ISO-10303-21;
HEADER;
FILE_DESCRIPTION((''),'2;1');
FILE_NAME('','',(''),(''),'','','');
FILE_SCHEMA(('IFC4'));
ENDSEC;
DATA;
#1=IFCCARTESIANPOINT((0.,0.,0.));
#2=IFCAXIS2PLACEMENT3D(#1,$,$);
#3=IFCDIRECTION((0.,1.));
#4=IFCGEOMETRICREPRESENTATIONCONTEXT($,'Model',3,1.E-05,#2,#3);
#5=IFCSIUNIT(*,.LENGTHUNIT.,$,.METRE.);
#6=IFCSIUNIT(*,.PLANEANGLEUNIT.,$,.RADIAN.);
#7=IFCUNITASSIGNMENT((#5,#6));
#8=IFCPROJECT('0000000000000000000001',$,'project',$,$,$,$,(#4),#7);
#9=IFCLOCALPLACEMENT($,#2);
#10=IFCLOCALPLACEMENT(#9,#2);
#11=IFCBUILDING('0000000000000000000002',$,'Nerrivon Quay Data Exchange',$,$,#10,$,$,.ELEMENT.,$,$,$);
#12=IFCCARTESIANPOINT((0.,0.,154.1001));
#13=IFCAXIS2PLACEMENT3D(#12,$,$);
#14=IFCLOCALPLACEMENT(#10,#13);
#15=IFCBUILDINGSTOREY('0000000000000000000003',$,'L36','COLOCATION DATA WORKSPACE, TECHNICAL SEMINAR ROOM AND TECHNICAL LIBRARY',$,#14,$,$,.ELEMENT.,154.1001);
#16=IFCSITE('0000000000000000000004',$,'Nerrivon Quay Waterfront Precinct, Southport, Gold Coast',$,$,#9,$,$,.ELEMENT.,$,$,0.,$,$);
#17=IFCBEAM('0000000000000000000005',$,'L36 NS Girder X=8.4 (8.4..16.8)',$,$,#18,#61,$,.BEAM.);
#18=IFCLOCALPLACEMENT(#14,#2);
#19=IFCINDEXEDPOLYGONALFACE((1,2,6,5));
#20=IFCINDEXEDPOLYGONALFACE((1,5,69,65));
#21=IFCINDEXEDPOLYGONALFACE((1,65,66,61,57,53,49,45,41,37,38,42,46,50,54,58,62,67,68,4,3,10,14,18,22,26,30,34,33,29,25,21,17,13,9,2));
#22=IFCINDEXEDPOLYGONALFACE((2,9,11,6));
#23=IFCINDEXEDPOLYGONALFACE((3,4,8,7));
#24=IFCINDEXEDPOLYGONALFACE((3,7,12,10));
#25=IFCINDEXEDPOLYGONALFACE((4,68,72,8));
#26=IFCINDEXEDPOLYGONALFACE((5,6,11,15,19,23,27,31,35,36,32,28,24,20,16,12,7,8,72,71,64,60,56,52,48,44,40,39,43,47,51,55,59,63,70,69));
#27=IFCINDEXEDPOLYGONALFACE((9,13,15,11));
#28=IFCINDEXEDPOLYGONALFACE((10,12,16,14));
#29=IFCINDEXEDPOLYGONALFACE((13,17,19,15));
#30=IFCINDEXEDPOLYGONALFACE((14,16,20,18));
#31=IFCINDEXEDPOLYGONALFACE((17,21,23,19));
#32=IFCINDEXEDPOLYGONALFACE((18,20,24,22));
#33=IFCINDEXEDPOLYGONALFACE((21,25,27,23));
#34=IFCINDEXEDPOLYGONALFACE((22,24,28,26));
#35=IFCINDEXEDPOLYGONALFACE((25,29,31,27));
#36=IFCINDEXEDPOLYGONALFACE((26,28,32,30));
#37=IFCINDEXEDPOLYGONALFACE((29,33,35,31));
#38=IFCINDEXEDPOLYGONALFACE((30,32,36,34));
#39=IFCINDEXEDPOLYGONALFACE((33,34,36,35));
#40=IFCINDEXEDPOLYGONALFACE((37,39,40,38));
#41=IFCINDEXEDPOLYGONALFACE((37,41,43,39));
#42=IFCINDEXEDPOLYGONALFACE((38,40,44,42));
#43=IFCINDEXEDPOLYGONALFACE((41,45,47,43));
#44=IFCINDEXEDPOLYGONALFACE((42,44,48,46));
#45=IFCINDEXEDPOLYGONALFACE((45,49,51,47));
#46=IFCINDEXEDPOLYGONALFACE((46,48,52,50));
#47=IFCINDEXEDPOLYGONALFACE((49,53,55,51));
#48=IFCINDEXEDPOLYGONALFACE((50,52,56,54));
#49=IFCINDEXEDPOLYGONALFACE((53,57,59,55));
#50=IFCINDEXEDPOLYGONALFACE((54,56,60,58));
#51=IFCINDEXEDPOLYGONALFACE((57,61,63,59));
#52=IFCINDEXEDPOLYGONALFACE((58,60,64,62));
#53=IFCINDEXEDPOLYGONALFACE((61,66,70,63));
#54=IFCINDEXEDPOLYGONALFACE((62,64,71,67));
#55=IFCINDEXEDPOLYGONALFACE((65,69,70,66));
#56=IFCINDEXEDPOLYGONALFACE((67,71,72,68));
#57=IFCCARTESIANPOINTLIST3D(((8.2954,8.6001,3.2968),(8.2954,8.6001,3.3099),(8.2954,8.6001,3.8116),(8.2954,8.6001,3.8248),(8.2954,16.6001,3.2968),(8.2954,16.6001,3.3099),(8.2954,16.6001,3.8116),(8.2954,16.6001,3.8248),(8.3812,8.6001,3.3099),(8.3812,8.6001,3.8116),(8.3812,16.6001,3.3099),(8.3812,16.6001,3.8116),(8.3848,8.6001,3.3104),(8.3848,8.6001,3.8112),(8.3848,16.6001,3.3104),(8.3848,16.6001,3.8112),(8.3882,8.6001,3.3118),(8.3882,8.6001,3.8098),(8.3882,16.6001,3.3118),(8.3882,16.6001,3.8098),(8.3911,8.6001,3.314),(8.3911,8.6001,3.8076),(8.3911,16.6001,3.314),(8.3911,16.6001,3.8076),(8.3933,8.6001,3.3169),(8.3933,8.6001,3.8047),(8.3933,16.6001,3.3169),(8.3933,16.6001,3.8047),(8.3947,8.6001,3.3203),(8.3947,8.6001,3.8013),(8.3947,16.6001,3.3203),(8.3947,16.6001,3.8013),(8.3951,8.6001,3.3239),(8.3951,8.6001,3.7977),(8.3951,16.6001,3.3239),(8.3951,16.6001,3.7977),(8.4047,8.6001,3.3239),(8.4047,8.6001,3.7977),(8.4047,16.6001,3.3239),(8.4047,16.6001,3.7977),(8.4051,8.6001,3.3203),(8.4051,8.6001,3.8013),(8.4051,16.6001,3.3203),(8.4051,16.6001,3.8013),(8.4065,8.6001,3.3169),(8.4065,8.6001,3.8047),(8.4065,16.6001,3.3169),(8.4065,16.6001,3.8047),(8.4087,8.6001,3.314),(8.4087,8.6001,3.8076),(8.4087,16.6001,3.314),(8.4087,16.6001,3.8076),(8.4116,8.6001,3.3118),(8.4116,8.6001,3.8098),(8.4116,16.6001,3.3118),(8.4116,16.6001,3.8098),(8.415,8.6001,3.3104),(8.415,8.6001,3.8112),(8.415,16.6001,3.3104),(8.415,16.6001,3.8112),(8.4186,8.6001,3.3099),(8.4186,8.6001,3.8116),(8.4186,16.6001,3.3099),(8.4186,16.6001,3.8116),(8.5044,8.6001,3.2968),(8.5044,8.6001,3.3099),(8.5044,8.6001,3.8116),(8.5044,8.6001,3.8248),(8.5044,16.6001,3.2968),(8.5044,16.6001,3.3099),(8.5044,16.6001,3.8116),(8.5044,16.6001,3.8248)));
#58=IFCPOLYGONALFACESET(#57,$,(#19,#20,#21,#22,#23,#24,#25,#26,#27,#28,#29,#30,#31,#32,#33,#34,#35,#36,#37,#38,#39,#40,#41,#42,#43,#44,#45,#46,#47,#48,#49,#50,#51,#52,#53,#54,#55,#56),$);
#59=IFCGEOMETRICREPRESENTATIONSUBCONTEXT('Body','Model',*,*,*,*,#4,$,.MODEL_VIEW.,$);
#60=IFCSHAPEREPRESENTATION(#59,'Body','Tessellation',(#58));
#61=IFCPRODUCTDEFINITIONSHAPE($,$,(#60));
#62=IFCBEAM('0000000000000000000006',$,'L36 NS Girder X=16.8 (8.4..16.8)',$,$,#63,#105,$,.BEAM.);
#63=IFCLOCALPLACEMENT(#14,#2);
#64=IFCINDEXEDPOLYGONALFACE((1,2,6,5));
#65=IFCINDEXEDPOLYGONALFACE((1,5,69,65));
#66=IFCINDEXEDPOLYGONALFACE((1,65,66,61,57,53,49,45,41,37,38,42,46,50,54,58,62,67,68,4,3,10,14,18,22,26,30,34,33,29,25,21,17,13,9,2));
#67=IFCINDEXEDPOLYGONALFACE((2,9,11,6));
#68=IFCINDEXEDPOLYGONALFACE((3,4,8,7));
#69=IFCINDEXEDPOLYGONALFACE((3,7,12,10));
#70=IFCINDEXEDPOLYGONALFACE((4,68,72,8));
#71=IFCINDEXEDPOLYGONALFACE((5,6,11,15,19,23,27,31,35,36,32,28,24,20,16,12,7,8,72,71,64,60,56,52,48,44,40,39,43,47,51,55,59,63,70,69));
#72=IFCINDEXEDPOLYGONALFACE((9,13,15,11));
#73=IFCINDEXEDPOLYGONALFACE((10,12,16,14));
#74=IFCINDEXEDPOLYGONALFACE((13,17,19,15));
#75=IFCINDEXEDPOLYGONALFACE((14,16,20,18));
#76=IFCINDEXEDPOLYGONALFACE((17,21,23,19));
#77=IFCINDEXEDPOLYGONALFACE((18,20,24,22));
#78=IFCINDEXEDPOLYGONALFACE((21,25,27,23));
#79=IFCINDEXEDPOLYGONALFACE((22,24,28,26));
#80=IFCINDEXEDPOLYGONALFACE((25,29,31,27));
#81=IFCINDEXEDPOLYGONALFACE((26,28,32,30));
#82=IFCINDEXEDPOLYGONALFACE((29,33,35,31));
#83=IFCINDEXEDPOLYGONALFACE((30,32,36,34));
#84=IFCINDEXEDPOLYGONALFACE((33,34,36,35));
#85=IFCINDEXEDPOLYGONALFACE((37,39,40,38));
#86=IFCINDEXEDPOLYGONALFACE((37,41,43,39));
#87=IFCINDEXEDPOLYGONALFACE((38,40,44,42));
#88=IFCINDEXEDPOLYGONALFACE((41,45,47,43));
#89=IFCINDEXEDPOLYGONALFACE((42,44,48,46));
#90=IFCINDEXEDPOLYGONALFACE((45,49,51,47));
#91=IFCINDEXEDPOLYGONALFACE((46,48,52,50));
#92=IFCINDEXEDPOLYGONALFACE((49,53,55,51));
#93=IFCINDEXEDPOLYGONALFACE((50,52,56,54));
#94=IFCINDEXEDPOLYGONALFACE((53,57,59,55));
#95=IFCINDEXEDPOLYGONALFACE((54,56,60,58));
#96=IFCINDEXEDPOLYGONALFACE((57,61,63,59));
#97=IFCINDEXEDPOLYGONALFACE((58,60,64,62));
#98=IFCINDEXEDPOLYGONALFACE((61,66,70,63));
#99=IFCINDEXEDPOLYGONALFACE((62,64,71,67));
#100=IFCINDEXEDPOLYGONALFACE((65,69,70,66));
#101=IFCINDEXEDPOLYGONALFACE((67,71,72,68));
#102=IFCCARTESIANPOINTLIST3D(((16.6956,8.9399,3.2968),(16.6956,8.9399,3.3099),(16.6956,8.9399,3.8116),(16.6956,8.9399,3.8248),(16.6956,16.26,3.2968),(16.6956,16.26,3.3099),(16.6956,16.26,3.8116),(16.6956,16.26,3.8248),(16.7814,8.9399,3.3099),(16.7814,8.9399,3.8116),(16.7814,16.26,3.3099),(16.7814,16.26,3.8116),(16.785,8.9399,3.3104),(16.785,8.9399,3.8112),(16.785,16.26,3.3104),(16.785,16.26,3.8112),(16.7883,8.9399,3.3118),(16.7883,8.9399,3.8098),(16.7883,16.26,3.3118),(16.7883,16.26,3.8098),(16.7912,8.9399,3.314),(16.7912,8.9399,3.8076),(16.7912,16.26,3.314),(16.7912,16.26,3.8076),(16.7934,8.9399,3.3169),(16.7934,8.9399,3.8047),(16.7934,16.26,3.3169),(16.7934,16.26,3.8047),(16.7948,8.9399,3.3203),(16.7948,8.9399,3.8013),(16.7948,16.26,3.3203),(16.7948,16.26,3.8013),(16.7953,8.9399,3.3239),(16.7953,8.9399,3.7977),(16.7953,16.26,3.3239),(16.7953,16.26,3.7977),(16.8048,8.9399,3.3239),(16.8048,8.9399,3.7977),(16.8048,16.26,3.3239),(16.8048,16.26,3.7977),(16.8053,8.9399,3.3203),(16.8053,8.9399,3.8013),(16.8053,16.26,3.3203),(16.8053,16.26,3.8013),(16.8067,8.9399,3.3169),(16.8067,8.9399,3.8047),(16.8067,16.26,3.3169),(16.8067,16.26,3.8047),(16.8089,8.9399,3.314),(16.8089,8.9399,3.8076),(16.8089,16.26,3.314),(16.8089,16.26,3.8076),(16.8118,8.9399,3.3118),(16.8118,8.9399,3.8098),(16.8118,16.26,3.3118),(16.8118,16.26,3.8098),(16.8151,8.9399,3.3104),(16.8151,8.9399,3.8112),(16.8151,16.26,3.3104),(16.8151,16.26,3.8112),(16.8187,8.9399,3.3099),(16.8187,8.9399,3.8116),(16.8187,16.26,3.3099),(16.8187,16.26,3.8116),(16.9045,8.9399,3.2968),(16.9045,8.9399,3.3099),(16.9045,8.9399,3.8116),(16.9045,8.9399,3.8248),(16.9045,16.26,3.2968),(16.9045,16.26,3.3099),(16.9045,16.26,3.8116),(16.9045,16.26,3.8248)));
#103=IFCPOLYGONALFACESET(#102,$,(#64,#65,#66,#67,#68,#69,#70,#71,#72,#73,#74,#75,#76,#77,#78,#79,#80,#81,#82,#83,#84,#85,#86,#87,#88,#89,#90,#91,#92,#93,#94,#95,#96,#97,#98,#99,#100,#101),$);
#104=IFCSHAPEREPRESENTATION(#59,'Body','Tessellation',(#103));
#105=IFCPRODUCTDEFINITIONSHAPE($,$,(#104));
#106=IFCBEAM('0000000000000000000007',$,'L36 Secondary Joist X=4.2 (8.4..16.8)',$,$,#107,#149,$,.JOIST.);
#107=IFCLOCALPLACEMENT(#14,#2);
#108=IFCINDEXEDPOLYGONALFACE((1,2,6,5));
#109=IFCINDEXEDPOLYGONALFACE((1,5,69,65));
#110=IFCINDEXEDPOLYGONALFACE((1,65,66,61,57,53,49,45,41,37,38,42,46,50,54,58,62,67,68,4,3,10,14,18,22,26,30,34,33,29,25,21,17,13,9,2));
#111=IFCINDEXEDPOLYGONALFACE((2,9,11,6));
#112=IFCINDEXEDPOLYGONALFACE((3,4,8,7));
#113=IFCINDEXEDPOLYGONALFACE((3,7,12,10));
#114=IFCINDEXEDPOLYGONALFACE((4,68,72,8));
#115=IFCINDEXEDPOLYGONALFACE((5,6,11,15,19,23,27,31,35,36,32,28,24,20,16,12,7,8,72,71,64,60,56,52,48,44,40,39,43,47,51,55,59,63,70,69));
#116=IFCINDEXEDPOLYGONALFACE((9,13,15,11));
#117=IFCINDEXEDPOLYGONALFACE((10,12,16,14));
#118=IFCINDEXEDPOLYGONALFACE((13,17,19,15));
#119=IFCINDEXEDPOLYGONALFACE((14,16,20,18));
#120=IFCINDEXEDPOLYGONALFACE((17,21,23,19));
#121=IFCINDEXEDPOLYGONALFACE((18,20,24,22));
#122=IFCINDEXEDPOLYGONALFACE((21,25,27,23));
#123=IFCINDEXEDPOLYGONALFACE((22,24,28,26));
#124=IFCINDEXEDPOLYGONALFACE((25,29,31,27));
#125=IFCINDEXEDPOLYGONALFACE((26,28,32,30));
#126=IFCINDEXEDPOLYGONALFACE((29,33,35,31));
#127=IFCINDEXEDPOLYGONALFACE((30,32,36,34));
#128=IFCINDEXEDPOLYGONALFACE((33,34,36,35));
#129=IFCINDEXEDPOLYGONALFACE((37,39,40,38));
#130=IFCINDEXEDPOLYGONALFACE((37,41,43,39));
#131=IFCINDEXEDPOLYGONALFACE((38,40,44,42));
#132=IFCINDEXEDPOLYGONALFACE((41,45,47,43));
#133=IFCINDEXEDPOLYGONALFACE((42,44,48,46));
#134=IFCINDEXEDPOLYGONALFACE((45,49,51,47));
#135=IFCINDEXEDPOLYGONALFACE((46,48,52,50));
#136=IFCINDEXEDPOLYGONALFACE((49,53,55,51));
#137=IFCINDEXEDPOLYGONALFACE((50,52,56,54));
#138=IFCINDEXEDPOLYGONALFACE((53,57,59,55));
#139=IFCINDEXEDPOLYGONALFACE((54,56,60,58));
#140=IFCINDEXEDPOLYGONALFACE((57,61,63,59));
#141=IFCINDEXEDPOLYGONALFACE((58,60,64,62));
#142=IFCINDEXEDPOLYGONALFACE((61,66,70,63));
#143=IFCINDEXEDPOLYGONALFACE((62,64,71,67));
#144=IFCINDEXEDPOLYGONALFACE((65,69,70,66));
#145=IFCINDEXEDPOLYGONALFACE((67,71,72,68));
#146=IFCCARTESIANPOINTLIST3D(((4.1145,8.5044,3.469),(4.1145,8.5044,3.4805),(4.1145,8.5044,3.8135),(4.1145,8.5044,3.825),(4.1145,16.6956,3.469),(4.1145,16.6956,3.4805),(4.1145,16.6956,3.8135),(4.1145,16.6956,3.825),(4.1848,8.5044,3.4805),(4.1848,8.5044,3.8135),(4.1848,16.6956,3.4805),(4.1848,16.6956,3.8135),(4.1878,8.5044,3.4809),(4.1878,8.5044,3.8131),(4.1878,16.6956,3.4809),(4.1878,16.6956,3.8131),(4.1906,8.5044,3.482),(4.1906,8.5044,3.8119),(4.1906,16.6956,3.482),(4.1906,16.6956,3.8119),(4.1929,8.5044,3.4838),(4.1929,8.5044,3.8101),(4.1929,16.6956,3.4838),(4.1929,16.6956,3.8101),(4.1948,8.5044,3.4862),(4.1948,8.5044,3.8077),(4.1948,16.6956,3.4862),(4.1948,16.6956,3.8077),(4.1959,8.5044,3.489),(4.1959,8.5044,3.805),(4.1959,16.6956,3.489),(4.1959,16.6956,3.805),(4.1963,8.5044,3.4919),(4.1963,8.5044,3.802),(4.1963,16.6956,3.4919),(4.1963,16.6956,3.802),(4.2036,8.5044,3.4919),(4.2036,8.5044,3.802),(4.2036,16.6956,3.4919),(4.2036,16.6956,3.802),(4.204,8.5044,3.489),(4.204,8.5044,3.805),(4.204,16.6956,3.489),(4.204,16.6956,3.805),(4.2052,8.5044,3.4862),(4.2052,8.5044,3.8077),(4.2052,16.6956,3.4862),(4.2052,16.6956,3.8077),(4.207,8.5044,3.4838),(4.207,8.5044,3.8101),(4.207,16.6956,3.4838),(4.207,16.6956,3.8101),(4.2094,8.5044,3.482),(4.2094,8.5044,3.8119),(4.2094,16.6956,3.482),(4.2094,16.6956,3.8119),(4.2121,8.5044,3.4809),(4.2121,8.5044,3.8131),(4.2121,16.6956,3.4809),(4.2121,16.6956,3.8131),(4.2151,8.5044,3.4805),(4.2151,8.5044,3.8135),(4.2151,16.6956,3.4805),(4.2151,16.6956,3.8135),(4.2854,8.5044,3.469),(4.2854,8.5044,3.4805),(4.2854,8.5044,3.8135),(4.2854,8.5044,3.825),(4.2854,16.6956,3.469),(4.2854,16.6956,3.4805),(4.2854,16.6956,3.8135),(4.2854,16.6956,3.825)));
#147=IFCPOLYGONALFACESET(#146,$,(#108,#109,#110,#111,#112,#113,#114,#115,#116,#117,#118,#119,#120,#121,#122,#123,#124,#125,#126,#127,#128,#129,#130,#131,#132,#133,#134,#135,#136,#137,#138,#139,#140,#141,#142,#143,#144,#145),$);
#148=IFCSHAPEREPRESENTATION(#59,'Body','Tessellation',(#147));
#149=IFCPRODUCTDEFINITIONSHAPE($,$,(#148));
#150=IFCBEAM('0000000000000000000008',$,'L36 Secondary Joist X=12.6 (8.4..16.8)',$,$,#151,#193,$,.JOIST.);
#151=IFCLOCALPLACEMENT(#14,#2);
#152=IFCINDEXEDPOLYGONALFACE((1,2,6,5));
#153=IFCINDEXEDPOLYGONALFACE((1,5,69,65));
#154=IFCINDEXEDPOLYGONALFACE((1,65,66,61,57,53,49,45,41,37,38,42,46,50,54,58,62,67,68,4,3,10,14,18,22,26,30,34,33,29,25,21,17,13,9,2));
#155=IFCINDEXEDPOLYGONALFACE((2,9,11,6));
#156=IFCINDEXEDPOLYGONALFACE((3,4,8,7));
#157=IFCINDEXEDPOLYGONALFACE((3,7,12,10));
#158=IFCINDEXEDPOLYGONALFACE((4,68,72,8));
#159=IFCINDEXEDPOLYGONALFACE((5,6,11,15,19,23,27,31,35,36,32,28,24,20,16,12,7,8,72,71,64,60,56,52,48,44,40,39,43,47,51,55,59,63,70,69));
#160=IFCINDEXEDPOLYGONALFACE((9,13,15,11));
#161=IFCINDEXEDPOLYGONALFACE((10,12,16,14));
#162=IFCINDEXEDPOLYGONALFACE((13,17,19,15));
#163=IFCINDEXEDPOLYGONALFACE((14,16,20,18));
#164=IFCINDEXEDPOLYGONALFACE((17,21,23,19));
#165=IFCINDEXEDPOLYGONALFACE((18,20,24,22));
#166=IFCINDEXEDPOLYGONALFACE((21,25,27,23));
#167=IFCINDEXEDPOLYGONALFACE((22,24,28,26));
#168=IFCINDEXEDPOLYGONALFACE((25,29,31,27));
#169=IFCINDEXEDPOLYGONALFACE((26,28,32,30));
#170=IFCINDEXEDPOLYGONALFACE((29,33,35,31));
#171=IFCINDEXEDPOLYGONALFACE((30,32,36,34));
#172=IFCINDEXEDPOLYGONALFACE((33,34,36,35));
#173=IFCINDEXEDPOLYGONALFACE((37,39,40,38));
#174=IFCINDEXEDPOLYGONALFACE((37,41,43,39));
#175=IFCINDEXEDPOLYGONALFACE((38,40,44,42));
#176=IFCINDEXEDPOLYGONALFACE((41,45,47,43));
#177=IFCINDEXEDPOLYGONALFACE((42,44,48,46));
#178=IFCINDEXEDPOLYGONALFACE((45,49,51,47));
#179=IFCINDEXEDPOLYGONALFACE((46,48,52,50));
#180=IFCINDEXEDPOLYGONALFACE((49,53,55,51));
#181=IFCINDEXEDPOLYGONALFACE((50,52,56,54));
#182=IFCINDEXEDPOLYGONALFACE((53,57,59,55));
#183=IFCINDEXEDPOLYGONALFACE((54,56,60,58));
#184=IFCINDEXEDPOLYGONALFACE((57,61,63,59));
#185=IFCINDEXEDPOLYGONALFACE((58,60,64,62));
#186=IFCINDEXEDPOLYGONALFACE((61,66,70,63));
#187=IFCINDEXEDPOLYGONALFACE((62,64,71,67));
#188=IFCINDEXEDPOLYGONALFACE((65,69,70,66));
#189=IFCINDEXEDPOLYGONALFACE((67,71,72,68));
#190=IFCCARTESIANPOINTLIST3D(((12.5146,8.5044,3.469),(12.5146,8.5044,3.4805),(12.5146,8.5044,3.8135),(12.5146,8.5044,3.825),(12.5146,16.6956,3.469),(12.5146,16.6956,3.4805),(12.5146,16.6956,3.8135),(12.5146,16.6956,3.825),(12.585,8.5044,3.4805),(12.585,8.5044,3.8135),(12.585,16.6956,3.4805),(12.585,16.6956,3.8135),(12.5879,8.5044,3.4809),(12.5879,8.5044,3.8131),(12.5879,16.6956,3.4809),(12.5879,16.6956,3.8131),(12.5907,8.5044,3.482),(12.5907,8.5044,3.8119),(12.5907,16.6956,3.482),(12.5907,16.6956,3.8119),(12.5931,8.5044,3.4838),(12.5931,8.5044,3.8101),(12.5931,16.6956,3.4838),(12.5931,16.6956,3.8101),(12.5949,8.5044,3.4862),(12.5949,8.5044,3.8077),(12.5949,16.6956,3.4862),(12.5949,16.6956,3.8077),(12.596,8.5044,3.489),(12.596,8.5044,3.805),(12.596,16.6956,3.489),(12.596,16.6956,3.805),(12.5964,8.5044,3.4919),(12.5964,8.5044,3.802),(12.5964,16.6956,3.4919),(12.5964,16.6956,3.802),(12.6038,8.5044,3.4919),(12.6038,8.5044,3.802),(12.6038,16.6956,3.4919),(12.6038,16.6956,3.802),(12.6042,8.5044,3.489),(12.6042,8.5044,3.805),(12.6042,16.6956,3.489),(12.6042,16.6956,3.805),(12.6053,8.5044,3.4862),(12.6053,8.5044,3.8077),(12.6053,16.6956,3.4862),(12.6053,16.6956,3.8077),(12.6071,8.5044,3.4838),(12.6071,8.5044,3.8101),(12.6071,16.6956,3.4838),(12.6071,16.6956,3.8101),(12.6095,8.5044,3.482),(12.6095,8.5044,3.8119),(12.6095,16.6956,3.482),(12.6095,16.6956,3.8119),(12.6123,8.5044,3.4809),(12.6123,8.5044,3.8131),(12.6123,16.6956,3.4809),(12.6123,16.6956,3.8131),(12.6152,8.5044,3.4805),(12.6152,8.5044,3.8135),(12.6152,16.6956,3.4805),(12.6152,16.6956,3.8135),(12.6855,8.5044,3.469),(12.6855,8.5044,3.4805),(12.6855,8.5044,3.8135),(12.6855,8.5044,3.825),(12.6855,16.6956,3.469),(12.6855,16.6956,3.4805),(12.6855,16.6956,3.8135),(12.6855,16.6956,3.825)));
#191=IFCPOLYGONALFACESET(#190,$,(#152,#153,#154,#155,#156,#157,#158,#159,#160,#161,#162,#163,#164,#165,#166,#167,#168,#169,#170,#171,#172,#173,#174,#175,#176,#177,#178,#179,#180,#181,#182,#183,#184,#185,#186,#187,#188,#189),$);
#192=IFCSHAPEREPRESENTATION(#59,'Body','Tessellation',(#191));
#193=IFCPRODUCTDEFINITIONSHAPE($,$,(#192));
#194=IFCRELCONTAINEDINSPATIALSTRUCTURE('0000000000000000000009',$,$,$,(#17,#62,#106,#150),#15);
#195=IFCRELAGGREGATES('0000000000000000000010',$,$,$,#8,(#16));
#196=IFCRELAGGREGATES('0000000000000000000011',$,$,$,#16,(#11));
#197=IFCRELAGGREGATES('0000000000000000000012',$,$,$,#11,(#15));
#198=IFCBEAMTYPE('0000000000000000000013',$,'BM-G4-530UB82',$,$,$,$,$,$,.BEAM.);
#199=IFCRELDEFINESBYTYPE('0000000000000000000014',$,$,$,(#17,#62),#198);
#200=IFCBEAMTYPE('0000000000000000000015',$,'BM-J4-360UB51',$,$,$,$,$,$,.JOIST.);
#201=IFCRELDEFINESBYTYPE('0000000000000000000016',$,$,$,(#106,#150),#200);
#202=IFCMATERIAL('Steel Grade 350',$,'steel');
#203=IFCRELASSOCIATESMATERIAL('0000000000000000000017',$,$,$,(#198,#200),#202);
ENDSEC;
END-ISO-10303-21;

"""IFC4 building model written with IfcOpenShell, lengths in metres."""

from ifc_helpers import new_model, si_unit, direction, frame, origin, origin_2d, place, context, subcontext, project, spatial, i_section, extrude, material, material_profile, profile_set, type_object, element, save


model = new_model("IFC4")

# Units and contexts
model_context = context("Model", 3, precision=1e-05, world=origin(), true_north=direction((0.0, 1.0)))
body_context = subcontext(model_context, "Body", "Model", "MODEL_VIEW")
ifc_project = project(units=[si_unit("LENGTHUNIT", "METRE"), si_unit("PLANEANGLEUNIT", "RADIAN")], contexts=[model_context])

# Site, building, storey
site_placement = place(None, origin())
site = spatial("IfcSite", under=ifc_project, at=site_placement, Name="Nerrivon Quay Waterfront Precinct, Southport, Gold Coast", CompositionType="ELEMENT", RefElevation=0.0)
building_placement = place(site_placement, origin())
building = spatial("IfcBuilding", under=site, at=building_placement, Name="Nerrivon Quay Data Exchange", CompositionType="ELEMENT")
storey_placement = place(building_placement, frame((0.0, 0.0, 154.1001)))
storey = spatial("IfcBuildingStorey", under=building, at=storey_placement, Name="L36", Description="COLOCATION DATA WORKSPACE, TECHNICAL SEMINAR ROOM AND TECHNICAL LIBRARY", CompositionType="ELEMENT", Elevation=154.1001)

# Shared definitions
ifc_material_1 = material(Name="Steel Grade 350", Category="steel")

# Beams
ifc_material_profile_1 = material_profile(ifc_material_1, i_section(OverallWidth=0.209, OverallDepth=0.5281, WebThickness=0.0095, FlangeThickness=0.0132, FilletRadius=0.0139, at=origin_2d()), Name="530UB82.0")
ifc_profile_set_1 = profile_set([ifc_material_profile_1], Name="Steel Grade 350")
beam_type_1 = type_object("IfcBeamType", Name="BM-G4-530UB82", PredefinedType="BEAM", material=ifc_profile_set_1)
beam_1_placement = place(storey_placement, frame((8.3999, 8.6001, 3.5608), z_axis=(0.0, 1.0, 0.0), x_axis=(-1.0, 0.0, 0.0)))
element("IfcBeam", 1, at=beam_1_placement, inside=storey, type_object=beam_type_1, Name="L36 NS Girder X=8.4 (8.4..16.8)", PredefinedType="BEAM", context=body_context, shape_type="SweptSolid", body=[
    extrude(i_section(OverallWidth=0.209, OverallDepth=0.5281, WebThickness=0.0095, FlangeThickness=0.0132, FilletRadius=0.0139, at=origin_2d()), origin(), (0.0, 0.0, 1.0), 8.0),
])
beam_2_placement = place(storey_placement, frame((16.8, 8.9399, 3.5608), z_axis=(0.0, 1.0, 0.0), x_axis=(-1.0, 0.0, 0.0)))
element("IfcBeam", 2, at=beam_2_placement, inside=storey, type_object=beam_type_1, Name="L36 NS Girder X=16.8 (8.4..16.8)", PredefinedType="BEAM", context=body_context, shape_type="SweptSolid", body=[
    extrude(i_section(OverallWidth=0.209, OverallDepth=0.5281, WebThickness=0.0095, FlangeThickness=0.0132, FilletRadius=0.0139, at=origin_2d()), origin(), (0.0, 0.0, 1.0), 7.3201),
])
ifc_material_profile_2 = material_profile(ifc_material_1, i_section(OverallWidth=0.1709, OverallDepth=0.356, WebThickness=0.0073, FlangeThickness=0.0115, FilletRadius=0.0115, at=origin_2d()), Name="360UB50.7")
ifc_profile_set_2 = profile_set([ifc_material_profile_2], Name="Steel Grade 350")
beam_type_2 = type_object("IfcBeamType", Name="BM-J4-360UB51", PredefinedType="JOIST", material=ifc_profile_set_2)
for number, where, z_axis, x_axis, name in (
    (3, (4.2, 8.5044, 3.647), (0.0, 1.0, 0.0), (-1.0, 0.0, 0.0), "L36 Secondary Joist X=4.2 (8.4..16.8)"),
    (4, (12.6001, 8.5044, 3.647), (0.0, 1.0, 0.0), (-1.0, 0.0, 0.0), "L36 Secondary Joist X=12.6 (8.4..16.8)"),
):
    element("IfcBeam", number, at=place(storey_placement, frame(where, z_axis=z_axis, x_axis=x_axis)), inside=storey, type_object=beam_type_2, Name=name, PredefinedType="JOIST", context=body_context, shape_type="SweptSolid", body=[
        extrude(i_section(OverallWidth=0.1709, OverallDepth=0.356, WebThickness=0.0073, FlangeThickness=0.0115, FilletRadius=0.0115, at=origin_2d()), origin(), (0.0, 0.0, 1.0), 8.1912),
    ])

save(model, "model.ifc")
